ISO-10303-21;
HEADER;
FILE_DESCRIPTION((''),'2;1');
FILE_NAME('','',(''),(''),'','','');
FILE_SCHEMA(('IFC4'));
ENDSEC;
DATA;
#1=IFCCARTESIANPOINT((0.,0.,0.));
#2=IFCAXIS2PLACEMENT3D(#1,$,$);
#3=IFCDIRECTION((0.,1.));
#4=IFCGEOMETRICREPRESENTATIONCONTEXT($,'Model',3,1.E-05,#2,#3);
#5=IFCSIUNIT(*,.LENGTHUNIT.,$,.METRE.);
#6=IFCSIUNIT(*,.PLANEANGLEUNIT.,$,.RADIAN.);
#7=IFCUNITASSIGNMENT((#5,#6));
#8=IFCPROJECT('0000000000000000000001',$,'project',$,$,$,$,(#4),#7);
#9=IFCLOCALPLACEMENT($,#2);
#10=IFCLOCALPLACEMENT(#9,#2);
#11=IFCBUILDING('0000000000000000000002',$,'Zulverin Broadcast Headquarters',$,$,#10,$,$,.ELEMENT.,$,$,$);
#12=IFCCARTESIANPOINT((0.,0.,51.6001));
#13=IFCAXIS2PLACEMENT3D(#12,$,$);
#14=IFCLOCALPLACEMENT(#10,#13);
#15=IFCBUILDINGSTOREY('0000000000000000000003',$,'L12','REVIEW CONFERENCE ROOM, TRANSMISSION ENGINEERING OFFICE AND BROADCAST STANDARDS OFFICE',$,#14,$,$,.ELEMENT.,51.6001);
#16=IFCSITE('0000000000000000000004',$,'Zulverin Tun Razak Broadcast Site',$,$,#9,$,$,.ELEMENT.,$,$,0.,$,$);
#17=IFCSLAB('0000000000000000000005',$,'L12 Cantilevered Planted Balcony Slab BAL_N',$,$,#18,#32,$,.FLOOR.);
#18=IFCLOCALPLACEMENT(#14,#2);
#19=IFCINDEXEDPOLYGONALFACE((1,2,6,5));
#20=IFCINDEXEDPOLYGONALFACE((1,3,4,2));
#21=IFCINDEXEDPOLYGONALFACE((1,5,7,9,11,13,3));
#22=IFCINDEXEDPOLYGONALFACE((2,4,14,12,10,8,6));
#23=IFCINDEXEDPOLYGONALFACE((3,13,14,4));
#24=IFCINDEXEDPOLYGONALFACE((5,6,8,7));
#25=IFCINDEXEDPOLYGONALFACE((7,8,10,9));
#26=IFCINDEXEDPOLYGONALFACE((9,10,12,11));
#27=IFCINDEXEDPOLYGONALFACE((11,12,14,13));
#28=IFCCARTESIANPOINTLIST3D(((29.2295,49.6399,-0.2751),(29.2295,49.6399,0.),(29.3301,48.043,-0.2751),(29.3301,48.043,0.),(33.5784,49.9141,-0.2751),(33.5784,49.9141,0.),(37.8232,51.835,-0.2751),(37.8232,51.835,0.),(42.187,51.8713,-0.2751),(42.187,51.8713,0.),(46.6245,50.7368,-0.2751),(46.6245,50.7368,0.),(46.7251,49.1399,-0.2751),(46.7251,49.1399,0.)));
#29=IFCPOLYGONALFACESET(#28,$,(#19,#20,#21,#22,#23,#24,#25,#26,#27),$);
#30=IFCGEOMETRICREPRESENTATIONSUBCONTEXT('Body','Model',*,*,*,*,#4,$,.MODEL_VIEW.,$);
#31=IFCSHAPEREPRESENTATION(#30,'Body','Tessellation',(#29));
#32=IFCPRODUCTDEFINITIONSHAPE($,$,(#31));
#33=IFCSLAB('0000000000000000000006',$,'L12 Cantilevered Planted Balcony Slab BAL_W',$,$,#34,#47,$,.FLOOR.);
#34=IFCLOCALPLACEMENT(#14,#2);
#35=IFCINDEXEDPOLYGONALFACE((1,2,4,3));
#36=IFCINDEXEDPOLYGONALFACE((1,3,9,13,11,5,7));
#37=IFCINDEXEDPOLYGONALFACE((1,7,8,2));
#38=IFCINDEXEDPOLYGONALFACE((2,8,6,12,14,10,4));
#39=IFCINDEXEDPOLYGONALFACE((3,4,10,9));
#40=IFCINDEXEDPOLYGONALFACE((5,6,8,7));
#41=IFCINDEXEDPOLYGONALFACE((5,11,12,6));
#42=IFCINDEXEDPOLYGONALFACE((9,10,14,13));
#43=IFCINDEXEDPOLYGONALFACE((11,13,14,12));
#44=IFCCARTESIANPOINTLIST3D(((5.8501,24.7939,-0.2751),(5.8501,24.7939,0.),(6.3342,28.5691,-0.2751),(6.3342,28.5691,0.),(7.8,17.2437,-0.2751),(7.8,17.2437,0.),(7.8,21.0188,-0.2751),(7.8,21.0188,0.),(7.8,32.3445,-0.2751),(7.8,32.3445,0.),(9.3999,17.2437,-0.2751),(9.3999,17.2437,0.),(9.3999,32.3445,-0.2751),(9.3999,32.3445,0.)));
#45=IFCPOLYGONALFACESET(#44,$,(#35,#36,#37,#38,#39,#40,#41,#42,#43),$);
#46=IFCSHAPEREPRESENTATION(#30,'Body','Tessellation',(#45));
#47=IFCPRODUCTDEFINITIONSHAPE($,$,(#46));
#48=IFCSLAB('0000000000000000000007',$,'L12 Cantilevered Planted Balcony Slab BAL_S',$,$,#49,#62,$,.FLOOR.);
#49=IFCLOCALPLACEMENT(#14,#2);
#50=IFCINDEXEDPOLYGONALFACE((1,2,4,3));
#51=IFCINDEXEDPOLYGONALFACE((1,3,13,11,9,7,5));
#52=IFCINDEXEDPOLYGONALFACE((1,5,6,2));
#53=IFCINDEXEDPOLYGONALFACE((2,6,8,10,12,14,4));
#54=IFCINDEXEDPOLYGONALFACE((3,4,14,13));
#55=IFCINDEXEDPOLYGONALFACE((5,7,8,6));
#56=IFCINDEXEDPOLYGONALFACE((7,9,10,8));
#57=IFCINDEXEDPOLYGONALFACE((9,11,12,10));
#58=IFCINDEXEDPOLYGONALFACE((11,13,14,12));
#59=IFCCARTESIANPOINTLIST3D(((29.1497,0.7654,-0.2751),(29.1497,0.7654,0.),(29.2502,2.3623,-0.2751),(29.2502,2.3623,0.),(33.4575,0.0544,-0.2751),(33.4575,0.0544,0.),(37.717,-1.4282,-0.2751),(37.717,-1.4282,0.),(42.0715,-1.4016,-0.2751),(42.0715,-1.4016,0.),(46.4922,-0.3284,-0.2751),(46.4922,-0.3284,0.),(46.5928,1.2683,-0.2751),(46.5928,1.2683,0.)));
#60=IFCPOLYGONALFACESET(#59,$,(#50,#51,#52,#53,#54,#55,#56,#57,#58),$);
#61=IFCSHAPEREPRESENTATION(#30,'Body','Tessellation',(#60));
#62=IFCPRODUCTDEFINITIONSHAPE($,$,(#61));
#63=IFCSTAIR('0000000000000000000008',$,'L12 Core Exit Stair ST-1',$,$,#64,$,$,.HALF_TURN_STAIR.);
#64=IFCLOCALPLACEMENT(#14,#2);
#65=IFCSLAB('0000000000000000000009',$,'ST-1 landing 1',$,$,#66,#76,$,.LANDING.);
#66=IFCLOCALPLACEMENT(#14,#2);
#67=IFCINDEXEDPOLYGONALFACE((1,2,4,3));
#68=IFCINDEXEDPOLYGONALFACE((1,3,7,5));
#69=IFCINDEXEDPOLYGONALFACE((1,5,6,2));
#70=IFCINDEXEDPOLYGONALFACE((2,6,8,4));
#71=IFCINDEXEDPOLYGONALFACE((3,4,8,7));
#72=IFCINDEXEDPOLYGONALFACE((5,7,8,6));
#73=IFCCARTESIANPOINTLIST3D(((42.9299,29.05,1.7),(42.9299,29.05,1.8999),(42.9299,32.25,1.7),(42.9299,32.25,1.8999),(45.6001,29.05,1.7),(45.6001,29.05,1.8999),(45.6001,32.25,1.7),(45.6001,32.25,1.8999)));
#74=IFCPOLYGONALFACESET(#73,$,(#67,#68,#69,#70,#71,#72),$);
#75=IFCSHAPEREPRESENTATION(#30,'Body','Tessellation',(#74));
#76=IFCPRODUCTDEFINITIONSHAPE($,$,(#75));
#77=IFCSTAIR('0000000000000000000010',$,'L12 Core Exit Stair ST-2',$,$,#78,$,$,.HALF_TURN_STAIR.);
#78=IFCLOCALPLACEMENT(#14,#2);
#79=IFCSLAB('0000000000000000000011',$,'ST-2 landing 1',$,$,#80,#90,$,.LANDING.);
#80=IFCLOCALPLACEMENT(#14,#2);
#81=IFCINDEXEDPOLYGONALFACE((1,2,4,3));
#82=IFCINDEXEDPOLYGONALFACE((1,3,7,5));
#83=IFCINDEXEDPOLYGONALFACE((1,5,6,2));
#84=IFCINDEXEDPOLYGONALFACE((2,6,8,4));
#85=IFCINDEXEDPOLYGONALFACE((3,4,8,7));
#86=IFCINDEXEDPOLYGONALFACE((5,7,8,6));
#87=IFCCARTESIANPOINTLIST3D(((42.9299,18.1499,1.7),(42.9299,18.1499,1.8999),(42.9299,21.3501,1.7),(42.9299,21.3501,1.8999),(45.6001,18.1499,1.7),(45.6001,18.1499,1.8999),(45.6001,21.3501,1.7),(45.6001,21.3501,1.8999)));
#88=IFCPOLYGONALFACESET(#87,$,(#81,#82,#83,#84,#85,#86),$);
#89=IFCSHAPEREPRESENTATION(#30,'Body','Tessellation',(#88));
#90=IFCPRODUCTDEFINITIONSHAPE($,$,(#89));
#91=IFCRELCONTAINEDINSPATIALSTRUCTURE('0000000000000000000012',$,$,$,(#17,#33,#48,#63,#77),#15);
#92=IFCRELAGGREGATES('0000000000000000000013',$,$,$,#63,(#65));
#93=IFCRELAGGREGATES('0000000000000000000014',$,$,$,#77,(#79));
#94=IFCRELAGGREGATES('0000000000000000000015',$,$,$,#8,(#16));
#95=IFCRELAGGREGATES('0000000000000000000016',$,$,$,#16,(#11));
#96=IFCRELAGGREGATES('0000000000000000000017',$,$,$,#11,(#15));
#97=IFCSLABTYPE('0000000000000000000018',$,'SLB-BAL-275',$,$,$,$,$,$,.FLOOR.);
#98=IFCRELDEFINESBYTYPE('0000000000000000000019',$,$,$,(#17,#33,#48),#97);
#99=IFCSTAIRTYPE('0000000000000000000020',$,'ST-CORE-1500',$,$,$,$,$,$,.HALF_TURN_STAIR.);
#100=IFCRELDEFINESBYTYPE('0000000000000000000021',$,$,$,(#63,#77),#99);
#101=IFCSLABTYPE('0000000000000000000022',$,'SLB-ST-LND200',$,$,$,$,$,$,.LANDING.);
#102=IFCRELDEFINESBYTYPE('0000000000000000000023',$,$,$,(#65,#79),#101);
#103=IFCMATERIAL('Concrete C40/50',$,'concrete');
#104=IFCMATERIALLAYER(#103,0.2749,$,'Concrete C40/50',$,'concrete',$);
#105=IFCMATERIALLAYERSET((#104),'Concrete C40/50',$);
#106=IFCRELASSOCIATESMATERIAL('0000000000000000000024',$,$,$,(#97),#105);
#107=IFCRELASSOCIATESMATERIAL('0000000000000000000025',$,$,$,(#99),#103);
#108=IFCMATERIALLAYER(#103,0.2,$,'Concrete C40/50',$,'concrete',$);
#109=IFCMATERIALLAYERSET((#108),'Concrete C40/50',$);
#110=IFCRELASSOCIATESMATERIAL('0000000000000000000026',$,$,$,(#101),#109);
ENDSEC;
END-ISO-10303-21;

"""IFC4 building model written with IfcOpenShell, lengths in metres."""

from ifc_helpers import new_model, si_unit, direction, frame, origin, place, context, subcontext, project, spatial, polyline, outline, extrude, material, layer, layer_set, type_object, element, aggregate, save


model = new_model("IFC4")

# Units and contexts
model_context = context("Model", 3, precision=1e-05, world=origin(), true_north=direction((0.0, 1.0)))
body_context = subcontext(model_context, "Body", "Model", "MODEL_VIEW")
ifc_project = project(units=[si_unit("LENGTHUNIT", "METRE"), si_unit("PLANEANGLEUNIT", "RADIAN")], contexts=[model_context])

# Site, building, storey
site_placement = place(None, origin())
site = spatial("IfcSite", under=ifc_project, at=site_placement, Name="Zulverin Tun Razak Broadcast Site", CompositionType="ELEMENT", RefElevation=0.0)
building_placement = place(site_placement, origin())
building = spatial("IfcBuilding", under=site, at=building_placement, Name="Zulverin Broadcast Headquarters", CompositionType="ELEMENT")
storey_placement = place(building_placement, frame((0.0, 0.0, 51.6001)))
storey = spatial("IfcBuildingStorey", under=building, at=storey_placement, Name="L12", Description="REVIEW CONFERENCE ROOM, TRANSMISSION ENGINEERING OFFICE AND BROADCAST STANDARDS OFFICE", CompositionType="ELEMENT", Elevation=51.6001)

# Slabs
ifc_material_1 = material(Name="Concrete C40/50", Category="concrete")
ifc_layer_1 = layer(ifc_material_1, 0.2749, Name="Concrete C40/50", Category="concrete")
ifc_layer_set_1 = layer_set([ifc_layer_1], Name="Concrete C40/50")
slab_type_1 = type_object("IfcSlabType", Name="SLB-BAL-275", PredefinedType="FLOOR", material=ifc_layer_set_1)
slab_1_placement = place(storey_placement, frame((0.0, 0.0, -0.2751)))
element("IfcSlab", 1, at=slab_1_placement, inside=storey, type_object=slab_type_1, Name="L12 Cantilevered Planted Balcony Slab BAL_N", PredefinedType="FLOOR", context=body_context, shape_type="SweptSolid", body=[
    extrude(outline(polyline([(29.3301, 48.043), (46.7251, 49.1399), (46.6245, 50.7368), (42.187, 51.8713), (37.8232, 51.835), (33.5784, 49.9141), (29.2295, 49.6399), (29.3301, 48.043)])), origin(), (0.0, 0.0, 1.0), 0.2751),
])
slab_2_placement = place(storey_placement, frame((0.0, 0.0, -0.2751)))
element("IfcSlab", 2, at=slab_2_placement, inside=storey, type_object=slab_type_1, Name="L12 Cantilevered Planted Balcony Slab BAL_W", PredefinedType="FLOOR", context=body_context, shape_type="SweptSolid", body=[
    extrude(outline(polyline([(9.3999, 17.2437), (9.3999, 32.3445), (7.8, 32.3445), (6.3342, 28.5691), (5.8501, 24.7939), (7.8, 21.0188), (7.8, 17.2437), (9.3999, 17.2437)])), origin(), (0.0, 0.0, 1.0), 0.2751),
])
slab_3_placement = place(storey_placement, frame((0.0, 0.0, -0.2751)))
element("IfcSlab", 3, at=slab_3_placement, inside=storey, type_object=slab_type_1, Name="L12 Cantilevered Planted Balcony Slab BAL_S", PredefinedType="FLOOR", context=body_context, shape_type="SweptSolid", body=[
    extrude(outline(polyline([(46.5928, 1.2683), (29.2502, 2.3623), (29.1497, 0.7654), (33.4575, 0.0544), (37.717, -1.4282), (42.0715, -1.4016), (46.4922, -0.3284), (46.5928, 1.2683)])), origin(), (0.0, 0.0, 1.0), 0.2751),
])

# Stairs, slabs
stair_type = type_object("IfcStairType", Name="ST-CORE-1500", PredefinedType="HALF_TURN_STAIR", material=ifc_material_1)
stair_1_placement = place(storey_placement, origin())
stair_1 = element("IfcStair", 4, at=stair_1_placement, inside=storey, type_object=stair_type, Name="L12 Core Exit Stair ST-1", PredefinedType="HALF_TURN_STAIR")
ifc_layer_2 = layer(ifc_material_1, 0.2, Name="Concrete C40/50", Category="concrete")
ifc_layer_set_2 = layer_set([ifc_layer_2], Name="Concrete C40/50")
slab_type_2 = type_object("IfcSlabType", Name="SLB-ST-LND200", PredefinedType="LANDING", material=ifc_layer_set_2)
slab_4_placement = place(storey_placement, frame((0.0, 0.0, 1.7)))
slab_4 = element("IfcSlab", 5, at=slab_4_placement, type_object=slab_type_2, Name="ST-1 landing 1", PredefinedType="LANDING", context=body_context, shape_type="SweptSolid", body=[
    extrude(outline(polyline([(42.9299, 29.05), (45.6001, 29.05), (45.6001, 32.25), (42.9299, 32.25), (42.9299, 29.05)])), origin(), (0.0, 0.0, 1.0), 0.2),
])
aggregate(stair_1, [slab_4])
stair_2_placement = place(storey_placement, origin())
stair_2 = element("IfcStair", 6, at=stair_2_placement, inside=storey, type_object=stair_type, Name="L12 Core Exit Stair ST-2", PredefinedType="HALF_TURN_STAIR")
slab_5_placement = place(storey_placement, frame((0.0, 0.0, 1.7)))
slab_5 = element("IfcSlab", 7, at=slab_5_placement, type_object=slab_type_2, Name="ST-2 landing 1", PredefinedType="LANDING", context=body_context, shape_type="SweptSolid", body=[
    extrude(outline(polyline([(42.9299, 18.1499), (45.6001, 18.1499), (45.6001, 21.3501), (42.9299, 21.3501), (42.9299, 18.1499)])), origin(), (0.0, 0.0, 1.0), 0.2),
])
aggregate(stair_2, [slab_5])

save(model, "model.ifc")
